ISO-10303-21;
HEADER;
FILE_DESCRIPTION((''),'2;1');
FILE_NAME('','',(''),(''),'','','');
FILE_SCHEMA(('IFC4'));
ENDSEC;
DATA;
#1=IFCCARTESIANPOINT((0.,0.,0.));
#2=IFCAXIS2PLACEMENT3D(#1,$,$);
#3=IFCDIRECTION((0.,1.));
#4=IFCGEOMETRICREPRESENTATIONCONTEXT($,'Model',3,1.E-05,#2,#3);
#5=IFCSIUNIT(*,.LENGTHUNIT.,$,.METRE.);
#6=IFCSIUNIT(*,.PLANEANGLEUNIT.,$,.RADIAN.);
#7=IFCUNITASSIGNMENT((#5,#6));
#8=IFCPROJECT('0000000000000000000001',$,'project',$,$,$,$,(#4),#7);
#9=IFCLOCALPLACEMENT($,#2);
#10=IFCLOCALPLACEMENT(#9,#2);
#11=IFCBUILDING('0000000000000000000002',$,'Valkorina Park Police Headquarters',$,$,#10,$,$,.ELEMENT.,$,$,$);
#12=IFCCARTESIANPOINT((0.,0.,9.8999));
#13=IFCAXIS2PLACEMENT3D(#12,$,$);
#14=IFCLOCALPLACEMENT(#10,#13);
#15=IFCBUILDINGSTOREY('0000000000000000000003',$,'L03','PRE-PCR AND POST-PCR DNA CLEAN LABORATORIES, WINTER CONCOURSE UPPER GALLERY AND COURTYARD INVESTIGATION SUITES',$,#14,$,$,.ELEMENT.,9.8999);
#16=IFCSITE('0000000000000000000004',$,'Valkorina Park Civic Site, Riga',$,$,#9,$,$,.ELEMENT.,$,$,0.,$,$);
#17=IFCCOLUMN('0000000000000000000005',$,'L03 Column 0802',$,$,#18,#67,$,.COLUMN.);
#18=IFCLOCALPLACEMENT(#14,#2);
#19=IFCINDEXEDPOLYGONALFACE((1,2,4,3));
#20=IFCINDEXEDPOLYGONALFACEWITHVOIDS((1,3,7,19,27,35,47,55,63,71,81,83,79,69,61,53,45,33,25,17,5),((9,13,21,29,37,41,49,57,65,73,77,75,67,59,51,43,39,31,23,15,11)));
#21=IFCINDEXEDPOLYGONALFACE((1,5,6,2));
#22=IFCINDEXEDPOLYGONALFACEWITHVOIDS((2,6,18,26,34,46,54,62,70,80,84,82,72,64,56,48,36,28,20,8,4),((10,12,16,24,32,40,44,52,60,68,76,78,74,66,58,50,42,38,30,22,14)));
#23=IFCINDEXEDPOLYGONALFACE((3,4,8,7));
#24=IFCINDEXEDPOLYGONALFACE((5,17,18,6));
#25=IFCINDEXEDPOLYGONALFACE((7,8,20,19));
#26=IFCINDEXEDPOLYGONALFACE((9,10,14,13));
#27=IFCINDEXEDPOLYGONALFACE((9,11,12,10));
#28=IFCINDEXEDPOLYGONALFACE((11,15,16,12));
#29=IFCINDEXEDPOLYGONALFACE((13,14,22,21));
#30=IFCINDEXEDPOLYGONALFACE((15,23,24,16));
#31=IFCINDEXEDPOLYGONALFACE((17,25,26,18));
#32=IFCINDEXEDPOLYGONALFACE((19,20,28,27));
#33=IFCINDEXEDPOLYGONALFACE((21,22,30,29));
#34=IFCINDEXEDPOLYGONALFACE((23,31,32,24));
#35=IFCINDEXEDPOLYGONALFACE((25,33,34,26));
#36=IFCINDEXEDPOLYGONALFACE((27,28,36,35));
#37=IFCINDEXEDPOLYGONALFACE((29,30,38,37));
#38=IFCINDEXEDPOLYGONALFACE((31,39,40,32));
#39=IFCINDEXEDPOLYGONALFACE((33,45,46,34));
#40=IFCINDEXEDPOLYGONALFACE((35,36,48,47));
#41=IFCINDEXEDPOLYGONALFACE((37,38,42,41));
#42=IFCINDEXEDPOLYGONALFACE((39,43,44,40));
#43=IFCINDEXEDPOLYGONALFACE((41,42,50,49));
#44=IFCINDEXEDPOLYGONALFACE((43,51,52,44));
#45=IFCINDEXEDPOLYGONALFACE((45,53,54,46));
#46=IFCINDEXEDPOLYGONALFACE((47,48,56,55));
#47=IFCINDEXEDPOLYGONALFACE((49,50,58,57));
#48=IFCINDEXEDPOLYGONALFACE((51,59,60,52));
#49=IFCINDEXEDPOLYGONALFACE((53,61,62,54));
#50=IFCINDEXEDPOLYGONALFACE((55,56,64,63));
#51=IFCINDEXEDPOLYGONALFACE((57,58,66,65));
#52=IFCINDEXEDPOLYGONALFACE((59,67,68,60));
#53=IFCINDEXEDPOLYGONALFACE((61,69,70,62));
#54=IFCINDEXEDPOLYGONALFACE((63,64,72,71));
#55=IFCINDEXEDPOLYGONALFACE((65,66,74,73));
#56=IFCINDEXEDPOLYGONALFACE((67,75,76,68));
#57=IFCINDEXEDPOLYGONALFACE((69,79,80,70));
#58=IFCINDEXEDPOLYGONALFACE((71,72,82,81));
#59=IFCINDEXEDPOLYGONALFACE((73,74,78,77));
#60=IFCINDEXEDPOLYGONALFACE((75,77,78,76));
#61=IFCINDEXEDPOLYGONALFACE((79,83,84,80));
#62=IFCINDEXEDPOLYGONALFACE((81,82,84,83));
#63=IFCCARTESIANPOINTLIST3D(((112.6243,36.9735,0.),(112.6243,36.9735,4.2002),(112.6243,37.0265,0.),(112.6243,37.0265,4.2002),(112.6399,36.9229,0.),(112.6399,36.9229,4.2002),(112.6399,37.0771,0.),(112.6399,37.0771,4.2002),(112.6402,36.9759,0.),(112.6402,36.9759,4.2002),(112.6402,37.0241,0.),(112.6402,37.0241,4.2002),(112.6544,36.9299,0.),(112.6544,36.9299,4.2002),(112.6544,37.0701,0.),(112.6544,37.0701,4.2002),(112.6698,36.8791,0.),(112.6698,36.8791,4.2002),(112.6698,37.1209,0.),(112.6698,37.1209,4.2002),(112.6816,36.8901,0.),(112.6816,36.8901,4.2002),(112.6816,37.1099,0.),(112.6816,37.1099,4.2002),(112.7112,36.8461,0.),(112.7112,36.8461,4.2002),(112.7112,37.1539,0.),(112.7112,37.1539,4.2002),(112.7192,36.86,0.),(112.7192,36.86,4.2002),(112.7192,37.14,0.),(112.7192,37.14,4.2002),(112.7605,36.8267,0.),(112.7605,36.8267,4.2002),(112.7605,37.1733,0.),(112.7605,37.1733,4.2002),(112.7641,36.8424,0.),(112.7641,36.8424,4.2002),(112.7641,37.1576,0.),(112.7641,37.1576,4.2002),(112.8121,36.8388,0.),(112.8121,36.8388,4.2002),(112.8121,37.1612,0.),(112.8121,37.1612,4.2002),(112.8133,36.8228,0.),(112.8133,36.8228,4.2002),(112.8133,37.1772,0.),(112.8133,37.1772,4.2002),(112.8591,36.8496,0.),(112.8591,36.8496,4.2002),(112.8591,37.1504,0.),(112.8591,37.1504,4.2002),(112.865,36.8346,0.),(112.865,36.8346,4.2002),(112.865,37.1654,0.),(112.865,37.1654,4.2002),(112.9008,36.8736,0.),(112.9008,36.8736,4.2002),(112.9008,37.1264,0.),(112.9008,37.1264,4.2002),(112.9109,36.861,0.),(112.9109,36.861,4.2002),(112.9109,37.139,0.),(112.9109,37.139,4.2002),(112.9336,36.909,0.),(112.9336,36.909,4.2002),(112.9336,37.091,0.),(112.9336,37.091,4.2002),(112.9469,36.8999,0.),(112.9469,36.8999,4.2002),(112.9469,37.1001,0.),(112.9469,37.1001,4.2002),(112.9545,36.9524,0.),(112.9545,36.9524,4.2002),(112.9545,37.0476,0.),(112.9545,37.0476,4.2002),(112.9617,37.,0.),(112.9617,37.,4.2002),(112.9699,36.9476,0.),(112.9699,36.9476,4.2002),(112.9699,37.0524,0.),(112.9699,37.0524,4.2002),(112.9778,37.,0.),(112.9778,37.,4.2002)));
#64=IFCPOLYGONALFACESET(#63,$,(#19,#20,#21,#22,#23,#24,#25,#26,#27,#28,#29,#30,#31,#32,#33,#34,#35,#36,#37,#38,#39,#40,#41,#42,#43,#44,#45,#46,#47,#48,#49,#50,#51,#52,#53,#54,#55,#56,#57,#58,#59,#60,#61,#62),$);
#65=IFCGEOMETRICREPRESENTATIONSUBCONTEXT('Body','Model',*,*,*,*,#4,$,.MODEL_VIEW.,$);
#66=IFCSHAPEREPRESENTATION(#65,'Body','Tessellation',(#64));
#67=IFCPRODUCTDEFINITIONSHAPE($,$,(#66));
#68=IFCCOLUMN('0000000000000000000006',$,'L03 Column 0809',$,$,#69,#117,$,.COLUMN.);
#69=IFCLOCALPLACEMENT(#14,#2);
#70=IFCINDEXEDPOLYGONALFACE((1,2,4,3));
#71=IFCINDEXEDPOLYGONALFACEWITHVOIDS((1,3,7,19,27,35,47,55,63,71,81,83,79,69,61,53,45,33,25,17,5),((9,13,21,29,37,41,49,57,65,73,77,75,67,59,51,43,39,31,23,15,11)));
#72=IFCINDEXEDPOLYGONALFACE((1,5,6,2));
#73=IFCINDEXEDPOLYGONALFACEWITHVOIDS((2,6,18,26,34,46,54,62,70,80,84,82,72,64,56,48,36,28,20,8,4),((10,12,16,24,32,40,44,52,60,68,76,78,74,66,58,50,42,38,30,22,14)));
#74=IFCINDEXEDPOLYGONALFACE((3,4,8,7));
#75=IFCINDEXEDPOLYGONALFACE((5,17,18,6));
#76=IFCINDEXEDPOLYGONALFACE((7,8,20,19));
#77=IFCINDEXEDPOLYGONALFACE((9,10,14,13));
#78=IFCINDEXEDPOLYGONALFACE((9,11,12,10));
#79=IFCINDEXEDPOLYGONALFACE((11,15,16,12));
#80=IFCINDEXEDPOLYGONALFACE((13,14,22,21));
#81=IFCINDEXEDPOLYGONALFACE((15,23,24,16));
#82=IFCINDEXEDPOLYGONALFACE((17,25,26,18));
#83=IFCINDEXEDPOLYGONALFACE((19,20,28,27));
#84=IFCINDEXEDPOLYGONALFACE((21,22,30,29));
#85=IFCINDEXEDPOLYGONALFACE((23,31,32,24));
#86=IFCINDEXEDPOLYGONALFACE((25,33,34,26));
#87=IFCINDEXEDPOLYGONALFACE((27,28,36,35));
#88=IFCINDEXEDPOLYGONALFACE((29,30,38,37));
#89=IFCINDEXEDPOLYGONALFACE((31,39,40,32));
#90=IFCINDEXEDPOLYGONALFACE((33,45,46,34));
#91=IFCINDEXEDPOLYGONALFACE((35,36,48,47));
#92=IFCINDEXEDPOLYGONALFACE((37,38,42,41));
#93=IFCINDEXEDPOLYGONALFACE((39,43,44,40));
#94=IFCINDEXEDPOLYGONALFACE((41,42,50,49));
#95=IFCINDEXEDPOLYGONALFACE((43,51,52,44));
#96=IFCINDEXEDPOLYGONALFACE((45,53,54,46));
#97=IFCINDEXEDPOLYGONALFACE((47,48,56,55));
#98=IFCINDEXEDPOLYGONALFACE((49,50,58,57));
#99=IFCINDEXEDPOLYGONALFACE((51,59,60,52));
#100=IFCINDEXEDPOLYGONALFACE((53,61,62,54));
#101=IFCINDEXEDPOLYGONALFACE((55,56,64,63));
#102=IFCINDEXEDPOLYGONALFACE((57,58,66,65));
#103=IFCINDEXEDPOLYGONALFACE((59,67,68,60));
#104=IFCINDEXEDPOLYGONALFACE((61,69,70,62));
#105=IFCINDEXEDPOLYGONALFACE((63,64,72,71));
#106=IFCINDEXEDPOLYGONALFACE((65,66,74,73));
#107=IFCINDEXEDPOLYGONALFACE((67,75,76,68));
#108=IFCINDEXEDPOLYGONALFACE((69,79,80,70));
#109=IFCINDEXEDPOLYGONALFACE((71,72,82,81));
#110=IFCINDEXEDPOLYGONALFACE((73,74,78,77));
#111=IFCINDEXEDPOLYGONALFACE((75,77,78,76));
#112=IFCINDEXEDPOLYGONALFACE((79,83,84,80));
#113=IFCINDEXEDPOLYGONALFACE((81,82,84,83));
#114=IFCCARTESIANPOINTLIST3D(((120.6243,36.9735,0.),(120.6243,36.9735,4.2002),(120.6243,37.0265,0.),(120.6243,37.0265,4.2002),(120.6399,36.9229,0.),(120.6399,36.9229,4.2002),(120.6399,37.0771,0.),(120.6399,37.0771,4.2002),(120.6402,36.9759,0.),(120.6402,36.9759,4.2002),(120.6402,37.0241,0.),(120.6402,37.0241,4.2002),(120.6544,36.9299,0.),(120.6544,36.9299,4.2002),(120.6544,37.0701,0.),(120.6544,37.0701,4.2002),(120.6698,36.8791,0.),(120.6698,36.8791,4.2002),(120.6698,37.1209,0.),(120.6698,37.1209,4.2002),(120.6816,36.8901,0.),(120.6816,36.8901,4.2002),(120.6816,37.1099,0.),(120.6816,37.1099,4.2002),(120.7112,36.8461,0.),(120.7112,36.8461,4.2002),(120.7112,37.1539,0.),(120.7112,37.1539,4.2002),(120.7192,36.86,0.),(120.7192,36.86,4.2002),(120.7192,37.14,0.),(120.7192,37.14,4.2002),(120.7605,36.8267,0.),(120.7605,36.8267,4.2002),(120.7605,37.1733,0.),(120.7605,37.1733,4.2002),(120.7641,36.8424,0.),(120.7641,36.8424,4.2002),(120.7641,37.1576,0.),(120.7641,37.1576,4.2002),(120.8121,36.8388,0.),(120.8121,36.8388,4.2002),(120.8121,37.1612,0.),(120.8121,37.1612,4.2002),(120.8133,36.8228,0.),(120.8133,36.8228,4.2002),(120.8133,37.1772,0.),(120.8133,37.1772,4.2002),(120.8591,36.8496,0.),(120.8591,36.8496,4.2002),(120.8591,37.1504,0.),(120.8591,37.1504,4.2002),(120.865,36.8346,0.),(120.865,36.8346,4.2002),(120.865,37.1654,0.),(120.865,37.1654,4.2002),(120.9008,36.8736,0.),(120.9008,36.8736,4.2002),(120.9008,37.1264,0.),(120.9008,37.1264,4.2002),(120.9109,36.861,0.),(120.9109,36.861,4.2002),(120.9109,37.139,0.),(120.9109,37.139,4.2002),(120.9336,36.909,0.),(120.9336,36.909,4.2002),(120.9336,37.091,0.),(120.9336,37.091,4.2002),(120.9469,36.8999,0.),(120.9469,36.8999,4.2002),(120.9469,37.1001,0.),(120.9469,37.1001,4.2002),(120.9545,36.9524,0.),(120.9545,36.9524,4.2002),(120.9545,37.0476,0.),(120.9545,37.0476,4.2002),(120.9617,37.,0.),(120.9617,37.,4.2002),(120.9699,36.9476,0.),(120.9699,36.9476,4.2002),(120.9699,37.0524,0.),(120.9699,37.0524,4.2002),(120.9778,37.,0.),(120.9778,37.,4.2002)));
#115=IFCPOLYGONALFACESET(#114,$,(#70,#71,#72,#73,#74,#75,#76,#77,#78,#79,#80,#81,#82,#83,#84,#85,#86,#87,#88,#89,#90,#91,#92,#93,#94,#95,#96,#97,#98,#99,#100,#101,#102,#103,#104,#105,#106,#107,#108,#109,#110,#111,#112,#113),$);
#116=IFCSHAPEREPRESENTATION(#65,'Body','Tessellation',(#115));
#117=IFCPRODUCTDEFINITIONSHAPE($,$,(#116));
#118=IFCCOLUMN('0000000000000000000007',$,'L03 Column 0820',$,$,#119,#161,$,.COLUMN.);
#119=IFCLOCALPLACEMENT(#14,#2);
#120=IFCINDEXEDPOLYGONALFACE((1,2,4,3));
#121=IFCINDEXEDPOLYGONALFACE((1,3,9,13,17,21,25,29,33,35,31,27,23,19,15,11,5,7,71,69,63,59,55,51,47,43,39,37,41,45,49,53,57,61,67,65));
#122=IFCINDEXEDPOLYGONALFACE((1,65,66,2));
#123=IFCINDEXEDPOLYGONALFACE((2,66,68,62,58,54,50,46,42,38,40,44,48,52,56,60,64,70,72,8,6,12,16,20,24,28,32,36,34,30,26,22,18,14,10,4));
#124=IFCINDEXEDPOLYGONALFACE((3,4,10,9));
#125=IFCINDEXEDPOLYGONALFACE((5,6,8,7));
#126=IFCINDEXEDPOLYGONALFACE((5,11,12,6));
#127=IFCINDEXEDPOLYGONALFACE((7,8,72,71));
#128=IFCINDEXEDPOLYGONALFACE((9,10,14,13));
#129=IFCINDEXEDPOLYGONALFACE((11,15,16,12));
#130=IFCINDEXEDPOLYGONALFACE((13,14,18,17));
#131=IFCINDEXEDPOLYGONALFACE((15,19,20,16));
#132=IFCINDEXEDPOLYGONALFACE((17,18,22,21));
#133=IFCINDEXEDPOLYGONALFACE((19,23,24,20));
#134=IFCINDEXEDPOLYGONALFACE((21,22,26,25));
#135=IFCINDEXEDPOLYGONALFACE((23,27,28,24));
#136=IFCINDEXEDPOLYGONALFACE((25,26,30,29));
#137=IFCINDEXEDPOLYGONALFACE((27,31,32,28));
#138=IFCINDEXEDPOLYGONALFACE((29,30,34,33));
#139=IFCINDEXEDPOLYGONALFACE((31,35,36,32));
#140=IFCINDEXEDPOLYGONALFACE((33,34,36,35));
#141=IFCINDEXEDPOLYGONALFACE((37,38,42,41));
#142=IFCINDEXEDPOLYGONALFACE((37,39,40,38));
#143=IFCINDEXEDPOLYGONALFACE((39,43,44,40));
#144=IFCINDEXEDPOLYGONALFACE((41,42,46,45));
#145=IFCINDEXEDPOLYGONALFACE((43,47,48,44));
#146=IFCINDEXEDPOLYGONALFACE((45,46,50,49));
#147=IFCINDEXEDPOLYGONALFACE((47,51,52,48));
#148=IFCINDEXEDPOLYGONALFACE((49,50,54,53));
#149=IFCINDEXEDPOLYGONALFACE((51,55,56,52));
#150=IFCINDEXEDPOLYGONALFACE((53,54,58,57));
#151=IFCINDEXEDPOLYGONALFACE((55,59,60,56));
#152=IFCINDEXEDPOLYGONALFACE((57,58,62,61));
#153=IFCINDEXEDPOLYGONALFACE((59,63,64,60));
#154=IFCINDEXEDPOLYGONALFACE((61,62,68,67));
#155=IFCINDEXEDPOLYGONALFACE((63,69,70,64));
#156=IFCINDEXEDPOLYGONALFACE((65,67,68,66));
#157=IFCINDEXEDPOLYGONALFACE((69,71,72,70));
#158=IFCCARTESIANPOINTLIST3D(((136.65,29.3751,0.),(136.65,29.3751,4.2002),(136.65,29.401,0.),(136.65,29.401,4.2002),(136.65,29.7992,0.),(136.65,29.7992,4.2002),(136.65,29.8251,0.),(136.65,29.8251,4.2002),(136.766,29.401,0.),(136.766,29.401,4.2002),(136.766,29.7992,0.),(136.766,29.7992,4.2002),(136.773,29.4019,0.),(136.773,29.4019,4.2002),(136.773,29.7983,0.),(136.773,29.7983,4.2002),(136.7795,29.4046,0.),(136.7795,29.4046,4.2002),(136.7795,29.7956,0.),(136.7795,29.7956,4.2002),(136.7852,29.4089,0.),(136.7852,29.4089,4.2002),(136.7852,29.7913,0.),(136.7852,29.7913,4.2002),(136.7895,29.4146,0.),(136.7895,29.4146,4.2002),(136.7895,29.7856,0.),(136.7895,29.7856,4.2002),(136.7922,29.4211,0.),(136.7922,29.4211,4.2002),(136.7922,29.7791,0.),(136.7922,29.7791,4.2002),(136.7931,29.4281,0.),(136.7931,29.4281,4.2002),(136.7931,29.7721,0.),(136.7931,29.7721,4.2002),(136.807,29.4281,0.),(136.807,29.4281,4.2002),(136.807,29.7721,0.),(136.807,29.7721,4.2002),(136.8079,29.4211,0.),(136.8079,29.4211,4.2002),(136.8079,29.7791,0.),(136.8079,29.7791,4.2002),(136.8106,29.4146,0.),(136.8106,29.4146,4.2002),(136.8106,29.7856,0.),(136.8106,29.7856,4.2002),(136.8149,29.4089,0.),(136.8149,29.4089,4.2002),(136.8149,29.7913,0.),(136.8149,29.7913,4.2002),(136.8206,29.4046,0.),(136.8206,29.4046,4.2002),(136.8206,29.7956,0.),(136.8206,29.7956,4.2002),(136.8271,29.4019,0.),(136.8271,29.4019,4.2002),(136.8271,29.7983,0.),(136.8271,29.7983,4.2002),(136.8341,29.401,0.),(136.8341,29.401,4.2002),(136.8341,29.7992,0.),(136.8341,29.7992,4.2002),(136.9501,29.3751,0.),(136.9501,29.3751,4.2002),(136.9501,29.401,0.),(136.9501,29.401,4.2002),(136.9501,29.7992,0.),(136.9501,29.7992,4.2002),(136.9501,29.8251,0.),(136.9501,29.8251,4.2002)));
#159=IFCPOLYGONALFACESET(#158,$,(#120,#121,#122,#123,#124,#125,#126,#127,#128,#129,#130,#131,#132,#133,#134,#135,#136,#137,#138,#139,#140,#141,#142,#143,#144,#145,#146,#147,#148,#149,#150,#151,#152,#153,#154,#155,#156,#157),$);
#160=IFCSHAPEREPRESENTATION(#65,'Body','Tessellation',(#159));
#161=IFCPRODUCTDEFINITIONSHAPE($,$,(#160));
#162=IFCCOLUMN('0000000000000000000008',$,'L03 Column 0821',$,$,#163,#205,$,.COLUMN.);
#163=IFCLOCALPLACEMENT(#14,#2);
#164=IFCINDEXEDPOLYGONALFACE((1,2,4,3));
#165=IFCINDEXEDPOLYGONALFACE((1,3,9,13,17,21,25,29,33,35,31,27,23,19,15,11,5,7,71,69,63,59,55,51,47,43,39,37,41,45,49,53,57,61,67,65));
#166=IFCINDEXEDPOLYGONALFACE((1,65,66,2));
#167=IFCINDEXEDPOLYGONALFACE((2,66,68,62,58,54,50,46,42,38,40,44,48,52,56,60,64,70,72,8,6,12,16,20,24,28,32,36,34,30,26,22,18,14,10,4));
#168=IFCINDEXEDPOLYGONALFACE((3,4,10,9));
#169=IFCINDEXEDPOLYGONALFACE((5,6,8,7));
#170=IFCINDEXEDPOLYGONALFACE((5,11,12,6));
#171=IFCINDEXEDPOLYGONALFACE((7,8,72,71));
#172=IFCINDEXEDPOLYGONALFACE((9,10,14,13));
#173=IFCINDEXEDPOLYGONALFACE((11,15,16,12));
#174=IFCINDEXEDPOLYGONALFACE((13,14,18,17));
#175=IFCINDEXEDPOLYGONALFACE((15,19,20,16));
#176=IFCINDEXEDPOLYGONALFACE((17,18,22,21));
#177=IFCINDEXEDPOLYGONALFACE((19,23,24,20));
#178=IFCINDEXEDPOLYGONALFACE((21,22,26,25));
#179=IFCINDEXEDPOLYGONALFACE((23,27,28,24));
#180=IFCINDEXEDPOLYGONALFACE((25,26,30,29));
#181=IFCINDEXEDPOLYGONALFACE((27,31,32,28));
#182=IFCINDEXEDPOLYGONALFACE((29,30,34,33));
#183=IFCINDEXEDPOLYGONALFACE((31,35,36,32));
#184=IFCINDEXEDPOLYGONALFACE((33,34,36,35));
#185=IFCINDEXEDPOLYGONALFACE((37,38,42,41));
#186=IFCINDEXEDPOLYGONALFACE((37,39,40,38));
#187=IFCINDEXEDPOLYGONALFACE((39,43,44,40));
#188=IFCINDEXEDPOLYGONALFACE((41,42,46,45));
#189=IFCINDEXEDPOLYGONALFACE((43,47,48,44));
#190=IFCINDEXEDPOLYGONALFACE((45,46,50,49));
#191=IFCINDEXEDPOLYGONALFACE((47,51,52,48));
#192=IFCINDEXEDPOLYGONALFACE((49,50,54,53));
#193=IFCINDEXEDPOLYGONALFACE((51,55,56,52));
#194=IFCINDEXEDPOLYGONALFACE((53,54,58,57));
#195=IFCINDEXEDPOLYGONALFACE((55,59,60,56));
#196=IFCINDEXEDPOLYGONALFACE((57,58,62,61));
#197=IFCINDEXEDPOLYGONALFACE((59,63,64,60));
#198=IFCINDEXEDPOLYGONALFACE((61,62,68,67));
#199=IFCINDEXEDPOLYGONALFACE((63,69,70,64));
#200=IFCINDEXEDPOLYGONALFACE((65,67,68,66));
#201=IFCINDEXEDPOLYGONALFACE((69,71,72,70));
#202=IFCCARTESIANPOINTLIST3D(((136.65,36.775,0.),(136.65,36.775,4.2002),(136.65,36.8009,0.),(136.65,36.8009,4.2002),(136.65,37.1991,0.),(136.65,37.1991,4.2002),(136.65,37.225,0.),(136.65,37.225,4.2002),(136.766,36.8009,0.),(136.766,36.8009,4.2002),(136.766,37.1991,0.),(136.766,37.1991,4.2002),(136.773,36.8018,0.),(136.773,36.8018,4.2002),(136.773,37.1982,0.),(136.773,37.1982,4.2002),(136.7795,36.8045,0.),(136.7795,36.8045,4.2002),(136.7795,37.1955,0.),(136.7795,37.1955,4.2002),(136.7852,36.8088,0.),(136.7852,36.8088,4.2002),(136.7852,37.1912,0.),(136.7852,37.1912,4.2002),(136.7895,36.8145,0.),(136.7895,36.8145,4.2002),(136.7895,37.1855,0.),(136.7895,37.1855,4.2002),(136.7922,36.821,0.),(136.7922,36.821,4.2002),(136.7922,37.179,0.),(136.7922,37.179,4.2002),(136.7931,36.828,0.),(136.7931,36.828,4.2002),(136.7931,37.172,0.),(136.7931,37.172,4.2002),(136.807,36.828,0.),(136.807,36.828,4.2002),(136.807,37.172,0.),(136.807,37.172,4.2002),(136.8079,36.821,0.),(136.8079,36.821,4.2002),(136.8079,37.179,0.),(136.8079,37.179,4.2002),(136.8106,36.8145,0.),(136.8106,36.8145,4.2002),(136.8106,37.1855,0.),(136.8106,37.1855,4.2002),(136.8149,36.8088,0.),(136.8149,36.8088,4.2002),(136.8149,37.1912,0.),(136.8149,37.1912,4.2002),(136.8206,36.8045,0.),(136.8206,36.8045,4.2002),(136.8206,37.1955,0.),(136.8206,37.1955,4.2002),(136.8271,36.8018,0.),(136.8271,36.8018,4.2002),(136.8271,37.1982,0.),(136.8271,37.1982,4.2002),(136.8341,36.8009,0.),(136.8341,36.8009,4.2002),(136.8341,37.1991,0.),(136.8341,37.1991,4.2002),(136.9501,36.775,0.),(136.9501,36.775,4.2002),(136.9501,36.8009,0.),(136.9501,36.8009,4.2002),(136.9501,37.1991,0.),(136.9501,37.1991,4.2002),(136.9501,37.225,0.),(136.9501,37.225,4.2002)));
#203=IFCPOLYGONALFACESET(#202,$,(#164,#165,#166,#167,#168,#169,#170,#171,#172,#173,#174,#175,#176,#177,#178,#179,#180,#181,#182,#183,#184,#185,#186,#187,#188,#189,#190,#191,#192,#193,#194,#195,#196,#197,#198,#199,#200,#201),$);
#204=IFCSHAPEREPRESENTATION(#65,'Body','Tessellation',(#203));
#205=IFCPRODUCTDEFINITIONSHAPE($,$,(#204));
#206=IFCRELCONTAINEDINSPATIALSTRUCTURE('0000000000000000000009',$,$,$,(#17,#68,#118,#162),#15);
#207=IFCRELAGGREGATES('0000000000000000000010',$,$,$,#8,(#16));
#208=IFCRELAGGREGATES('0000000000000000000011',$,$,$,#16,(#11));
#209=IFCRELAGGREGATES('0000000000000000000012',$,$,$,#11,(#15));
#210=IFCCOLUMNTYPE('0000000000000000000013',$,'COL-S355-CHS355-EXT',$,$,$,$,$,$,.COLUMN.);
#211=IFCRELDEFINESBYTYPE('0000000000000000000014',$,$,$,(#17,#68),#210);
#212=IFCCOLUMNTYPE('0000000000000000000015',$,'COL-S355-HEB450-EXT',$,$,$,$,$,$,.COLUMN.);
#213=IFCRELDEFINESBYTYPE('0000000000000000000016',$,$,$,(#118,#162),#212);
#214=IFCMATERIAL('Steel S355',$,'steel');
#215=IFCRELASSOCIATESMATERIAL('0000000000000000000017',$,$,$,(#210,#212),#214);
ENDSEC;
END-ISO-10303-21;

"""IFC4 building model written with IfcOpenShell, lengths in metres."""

from ifc_helpers import new_model, si_unit, direction, frame, origin, origin_2d, place, context, subcontext, project, spatial, hollow_circle, i_section, extrude, material, material_profile, profile_set, type_object, element, save


model = new_model("IFC4")

# Units and contexts
model_context = context("Model", 3, precision=1e-05, world=origin(), true_north=direction((0.0, 1.0)))
body_context = subcontext(model_context, "Body", "Model", "MODEL_VIEW")
ifc_project = project(units=[si_unit("LENGTHUNIT", "METRE"), si_unit("PLANEANGLEUNIT", "RADIAN")], contexts=[model_context])

# Site, building, storey
site_placement = place(None, origin())
site = spatial("IfcSite", under=ifc_project, at=site_placement, Name="Valkorina Park Civic Site, Riga", CompositionType="ELEMENT", RefElevation=0.0)
building_placement = place(site_placement, origin())
building = spatial("IfcBuilding", under=site, at=building_placement, Name="Valkorina Park Police Headquarters", CompositionType="ELEMENT")
storey_placement = place(building_placement, frame((0.0, 0.0, 9.8999)))
storey = spatial("IfcBuildingStorey", under=building, at=storey_placement, Name="L03", Description="PRE-PCR AND POST-PCR DNA CLEAN LABORATORIES, WINTER CONCOURSE UPPER GALLERY AND COURTYARD INVESTIGATION SUITES", CompositionType="ELEMENT", Elevation=9.8999)

# Columns
ifc_material_1 = material(Name="Steel S355", Category="steel")
ifc_material_profile_1 = material_profile(ifc_material_1, hollow_circle(Radius=0.1777, WallThickness=0.0161, at=origin_2d()), Name="CHS 355.6x16")
ifc_profile_set_1 = profile_set([ifc_material_profile_1], Name="Steel S355")
column_type_1 = type_object("IfcColumnType", Name="COL-S355-CHS355-EXT", PredefinedType="COLUMN", material=ifc_profile_set_1)
for number, where, z_axis, x_axis, name in (
    (1, (112.8, 37.0, 0.0), (0.0, 0.0, 1.0), (1.0, 0.0, 0.0), "L03 Column 0802"),
    (2, (120.8, 37.0, 0.0), (0.0, 0.0, 1.0), (1.0, 0.0, 0.0), "L03 Column 0809"),
):
    element("IfcColumn", number, at=place(storey_placement, frame(where, z_axis=z_axis, x_axis=x_axis)), inside=storey, type_object=column_type_1, Name=name, PredefinedType="COLUMN", context=body_context, shape_type="SweptSolid", body=[
        extrude(hollow_circle(Radius=0.1777, WallThickness=0.0161, at=origin_2d()), origin(), (0.0, 0.0, 1.0), 4.2002),
    ])
ifc_material_profile_2 = material_profile(ifc_material_1, i_section(OverallWidth=0.3, OverallDepth=0.45, WebThickness=0.0139, FlangeThickness=0.0259, FilletRadius=0.0271, at=origin_2d()), Name="HEB 450")
ifc_profile_set_2 = profile_set([ifc_material_profile_2], Name="Steel S355")
column_type_2 = type_object("IfcColumnType", Name="COL-S355-HEB450-EXT", PredefinedType="COLUMN", material=ifc_profile_set_2)
for number, where, z_axis, x_axis, name in (
    (3, (136.8, 29.6001, 0.0), (0.0, 0.0, 1.0), (1.0, 0.0, 0.0), "L03 Column 0820"),
    (4, (136.8, 37.0, 0.0), (0.0, 0.0, 1.0), (1.0, 0.0, 0.0), "L03 Column 0821"),
):
    element("IfcColumn", number, at=place(storey_placement, frame(where, z_axis=z_axis, x_axis=x_axis)), inside=storey, type_object=column_type_2, Name=name, PredefinedType="COLUMN", context=body_context, shape_type="SweptSolid", body=[
        extrude(i_section(OverallWidth=0.3, OverallDepth=0.45, WebThickness=0.0139, FlangeThickness=0.0259, FilletRadius=0.0271, at=origin_2d()), origin(), (0.0, 0.0, 1.0), 4.2002),
    ])

save(model, "model.ifc")
